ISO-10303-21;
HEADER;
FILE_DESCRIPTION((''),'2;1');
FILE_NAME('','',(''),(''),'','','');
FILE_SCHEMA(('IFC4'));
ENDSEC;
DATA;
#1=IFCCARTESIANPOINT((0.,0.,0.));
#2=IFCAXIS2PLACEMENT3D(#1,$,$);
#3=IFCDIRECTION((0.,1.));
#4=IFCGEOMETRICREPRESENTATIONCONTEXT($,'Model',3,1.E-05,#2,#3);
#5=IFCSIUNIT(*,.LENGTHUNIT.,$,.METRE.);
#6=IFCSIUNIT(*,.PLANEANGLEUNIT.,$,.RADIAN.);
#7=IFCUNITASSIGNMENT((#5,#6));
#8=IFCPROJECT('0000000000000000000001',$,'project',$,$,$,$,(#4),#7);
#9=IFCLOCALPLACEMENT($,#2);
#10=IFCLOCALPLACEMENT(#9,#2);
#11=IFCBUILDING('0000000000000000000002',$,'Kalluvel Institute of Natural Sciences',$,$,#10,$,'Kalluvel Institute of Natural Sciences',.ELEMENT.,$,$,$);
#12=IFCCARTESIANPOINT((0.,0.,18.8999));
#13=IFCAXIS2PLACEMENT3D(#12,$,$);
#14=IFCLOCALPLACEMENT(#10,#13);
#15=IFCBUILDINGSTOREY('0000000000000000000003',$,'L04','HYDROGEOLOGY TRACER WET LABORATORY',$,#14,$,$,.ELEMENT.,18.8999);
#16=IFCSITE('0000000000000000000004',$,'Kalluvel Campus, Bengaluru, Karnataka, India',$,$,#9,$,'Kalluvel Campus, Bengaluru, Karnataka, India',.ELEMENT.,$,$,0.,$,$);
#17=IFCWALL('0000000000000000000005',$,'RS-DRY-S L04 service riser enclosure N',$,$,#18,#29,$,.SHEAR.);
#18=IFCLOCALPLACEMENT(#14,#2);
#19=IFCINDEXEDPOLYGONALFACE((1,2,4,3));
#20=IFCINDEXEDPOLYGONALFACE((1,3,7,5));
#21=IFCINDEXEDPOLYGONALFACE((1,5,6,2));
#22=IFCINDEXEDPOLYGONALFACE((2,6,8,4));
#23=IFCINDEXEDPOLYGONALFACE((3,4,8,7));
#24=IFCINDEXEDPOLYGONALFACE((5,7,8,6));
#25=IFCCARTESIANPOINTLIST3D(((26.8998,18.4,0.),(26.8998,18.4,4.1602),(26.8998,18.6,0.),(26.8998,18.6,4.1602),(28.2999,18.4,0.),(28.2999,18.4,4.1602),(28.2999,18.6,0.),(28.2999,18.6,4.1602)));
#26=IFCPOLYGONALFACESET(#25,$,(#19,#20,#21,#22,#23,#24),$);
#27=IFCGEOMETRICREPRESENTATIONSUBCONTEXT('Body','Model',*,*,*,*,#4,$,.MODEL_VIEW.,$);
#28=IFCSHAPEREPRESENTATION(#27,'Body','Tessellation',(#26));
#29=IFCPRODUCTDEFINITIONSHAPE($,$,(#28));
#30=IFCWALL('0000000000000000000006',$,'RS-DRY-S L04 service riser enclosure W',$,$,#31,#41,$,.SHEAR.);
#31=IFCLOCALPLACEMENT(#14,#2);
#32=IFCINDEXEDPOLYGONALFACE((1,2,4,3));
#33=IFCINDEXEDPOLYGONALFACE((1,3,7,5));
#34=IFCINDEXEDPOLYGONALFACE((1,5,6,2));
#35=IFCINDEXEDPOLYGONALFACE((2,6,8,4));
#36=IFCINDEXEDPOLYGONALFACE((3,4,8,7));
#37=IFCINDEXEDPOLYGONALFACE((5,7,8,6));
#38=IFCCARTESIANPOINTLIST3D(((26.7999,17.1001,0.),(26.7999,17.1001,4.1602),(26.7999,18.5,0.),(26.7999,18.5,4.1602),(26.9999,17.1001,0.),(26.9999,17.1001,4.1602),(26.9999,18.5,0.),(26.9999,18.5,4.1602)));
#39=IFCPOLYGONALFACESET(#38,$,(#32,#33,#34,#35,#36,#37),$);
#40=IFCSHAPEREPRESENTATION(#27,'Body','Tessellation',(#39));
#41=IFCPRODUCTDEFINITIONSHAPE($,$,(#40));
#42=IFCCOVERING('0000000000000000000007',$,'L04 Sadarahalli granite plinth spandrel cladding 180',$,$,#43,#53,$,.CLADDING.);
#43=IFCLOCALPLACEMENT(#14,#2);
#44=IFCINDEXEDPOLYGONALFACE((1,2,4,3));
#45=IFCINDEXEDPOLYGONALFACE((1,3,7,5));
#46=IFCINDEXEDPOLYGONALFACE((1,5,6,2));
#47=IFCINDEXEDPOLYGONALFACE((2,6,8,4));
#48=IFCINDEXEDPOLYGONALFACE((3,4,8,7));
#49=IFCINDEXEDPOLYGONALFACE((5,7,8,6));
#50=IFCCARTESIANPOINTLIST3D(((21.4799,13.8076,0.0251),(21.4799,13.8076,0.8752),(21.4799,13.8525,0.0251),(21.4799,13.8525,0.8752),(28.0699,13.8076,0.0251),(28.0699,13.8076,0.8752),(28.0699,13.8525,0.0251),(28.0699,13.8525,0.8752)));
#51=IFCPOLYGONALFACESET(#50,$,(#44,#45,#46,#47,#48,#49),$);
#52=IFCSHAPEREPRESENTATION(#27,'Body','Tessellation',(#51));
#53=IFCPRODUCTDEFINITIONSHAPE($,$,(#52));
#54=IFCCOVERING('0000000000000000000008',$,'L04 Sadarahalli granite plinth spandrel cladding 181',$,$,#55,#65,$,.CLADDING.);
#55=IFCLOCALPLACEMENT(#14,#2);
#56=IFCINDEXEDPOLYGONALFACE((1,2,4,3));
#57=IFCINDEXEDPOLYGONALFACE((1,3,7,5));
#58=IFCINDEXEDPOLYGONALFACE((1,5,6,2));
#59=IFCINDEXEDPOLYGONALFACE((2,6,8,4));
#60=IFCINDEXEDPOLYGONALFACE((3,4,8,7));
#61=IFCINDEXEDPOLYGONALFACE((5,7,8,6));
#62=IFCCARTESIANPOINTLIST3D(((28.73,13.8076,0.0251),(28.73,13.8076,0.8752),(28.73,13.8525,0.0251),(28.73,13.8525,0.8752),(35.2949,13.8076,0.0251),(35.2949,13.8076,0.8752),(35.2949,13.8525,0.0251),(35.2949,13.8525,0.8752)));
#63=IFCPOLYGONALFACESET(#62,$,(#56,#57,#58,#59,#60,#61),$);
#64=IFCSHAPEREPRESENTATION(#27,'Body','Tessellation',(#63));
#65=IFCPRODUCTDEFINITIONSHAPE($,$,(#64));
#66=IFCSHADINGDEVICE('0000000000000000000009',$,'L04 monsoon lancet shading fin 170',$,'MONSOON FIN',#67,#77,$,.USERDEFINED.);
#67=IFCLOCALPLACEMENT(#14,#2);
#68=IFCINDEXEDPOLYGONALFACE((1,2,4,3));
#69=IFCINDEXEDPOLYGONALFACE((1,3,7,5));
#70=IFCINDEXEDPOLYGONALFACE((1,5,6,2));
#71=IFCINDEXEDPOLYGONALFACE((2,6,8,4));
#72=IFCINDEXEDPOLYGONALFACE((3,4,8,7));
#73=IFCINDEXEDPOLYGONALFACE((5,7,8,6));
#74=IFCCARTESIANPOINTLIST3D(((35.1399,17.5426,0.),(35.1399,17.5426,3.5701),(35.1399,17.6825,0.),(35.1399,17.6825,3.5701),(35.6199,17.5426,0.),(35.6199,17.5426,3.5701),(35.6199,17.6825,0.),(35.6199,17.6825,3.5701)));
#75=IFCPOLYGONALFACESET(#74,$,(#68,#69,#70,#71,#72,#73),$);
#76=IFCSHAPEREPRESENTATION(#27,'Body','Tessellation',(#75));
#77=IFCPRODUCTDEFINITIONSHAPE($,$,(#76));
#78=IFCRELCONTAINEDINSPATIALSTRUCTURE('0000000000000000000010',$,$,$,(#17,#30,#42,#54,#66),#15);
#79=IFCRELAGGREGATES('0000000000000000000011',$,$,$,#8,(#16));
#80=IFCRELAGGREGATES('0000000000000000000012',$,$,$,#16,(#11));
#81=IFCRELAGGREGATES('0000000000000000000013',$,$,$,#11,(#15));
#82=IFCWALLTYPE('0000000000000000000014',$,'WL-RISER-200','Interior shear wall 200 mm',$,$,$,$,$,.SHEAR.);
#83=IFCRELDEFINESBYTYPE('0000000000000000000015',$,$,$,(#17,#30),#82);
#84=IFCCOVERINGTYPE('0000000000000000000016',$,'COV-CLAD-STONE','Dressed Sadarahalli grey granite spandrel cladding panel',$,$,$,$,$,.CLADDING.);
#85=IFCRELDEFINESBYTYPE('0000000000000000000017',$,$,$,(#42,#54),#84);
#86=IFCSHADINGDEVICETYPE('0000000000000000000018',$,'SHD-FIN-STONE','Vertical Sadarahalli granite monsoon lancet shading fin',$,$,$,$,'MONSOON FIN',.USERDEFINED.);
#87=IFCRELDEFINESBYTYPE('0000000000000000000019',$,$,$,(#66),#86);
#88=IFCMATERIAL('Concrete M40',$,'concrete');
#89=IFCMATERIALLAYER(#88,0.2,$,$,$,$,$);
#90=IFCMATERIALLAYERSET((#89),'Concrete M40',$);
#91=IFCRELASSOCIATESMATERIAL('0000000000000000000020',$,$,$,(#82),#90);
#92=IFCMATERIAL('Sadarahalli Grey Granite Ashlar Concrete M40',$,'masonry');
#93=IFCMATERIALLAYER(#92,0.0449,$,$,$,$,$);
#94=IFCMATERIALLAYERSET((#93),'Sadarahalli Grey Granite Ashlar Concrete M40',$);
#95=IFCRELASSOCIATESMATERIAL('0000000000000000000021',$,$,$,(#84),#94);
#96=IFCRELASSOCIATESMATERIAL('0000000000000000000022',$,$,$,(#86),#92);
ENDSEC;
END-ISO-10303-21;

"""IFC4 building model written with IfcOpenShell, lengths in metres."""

from ifc_helpers import new_model, si_unit, direction, frame, frame_2d, origin, origin_2d, place, context, subcontext, project, spatial, rectangle, extrude, material, layer, layer_set, type_object, element, save


model = new_model("IFC4")

# Units and contexts
model_context = context("Model", 3, precision=1e-05, world=origin(), true_north=direction((0.0, 1.0)))
body_context = subcontext(model_context, "Body", "Model", "MODEL_VIEW")
ifc_project = project(units=[si_unit("LENGTHUNIT", "METRE"), si_unit("PLANEANGLEUNIT", "RADIAN")], contexts=[model_context])

# Site, building, storey
site_placement = place(None, origin())
site = spatial("IfcSite", under=ifc_project, at=site_placement, Name="Kalluvel Campus, Bengaluru, Karnataka, India", LongName="Kalluvel Campus, Bengaluru, Karnataka, India", CompositionType="ELEMENT", RefElevation=0.0)
building_placement = place(site_placement, origin())
building = spatial("IfcBuilding", under=site, at=building_placement, Name="Kalluvel Institute of Natural Sciences", LongName="Kalluvel Institute of Natural Sciences", CompositionType="ELEMENT")
storey_placement = place(building_placement, frame((0.0, 0.0, 18.8999)))
storey = spatial("IfcBuildingStorey", under=building, at=storey_placement, Name="L04", Description="HYDROGEOLOGY TRACER WET LABORATORY", CompositionType="ELEMENT", Elevation=18.8999)

# Shared definitions
ifc_material_1 = material(Name="Concrete M40", Category="concrete")

# Shared definitions
ifc_material_2 = material(Name="Sadarahalli Grey Granite Ashlar Concrete M40", Category="masonry")

# Walls
ifc_layer_1 = layer(ifc_material_1, 0.2)
ifc_layer_set_1 = layer_set([ifc_layer_1], Name="Concrete M40")
wall_type_1 = type_object("IfcWallType", Name="WL-RISER-200", Description="Interior shear wall 200 mm", PredefinedType="SHEAR", material=ifc_layer_set_1)
wall_1_placement = place(storey_placement, frame((28.3, 18.5, 0.0), z_axis=(0.0, 0.0, 1.0), x_axis=(-1.0, 0.0, 0.0)))
element("IfcWall", 1, at=wall_1_placement, inside=storey, type_object=wall_type_1, Name="RS-DRY-S L04 service riser enclosure N", PredefinedType="SHEAR", context=body_context, shape_type="SweptSolid", body=[
    extrude(rectangle(XDim=1.4001, YDim=0.2, at=frame_2d((0.7002, 0.0))), origin(), (0.0, 0.0, 1.0), 4.1602),
])
wall_2_placement = place(storey_placement, frame((26.8999, 18.5, 0.0), z_axis=(0.0, 0.0, 1.0), x_axis=(0.0, -1.0, 0.0)))
element("IfcWall", 2, at=wall_2_placement, inside=storey, type_object=wall_type_1, Name="RS-DRY-S L04 service riser enclosure W", PredefinedType="SHEAR", context=body_context, shape_type="SweptSolid", body=[
    extrude(rectangle(XDim=1.3999, YDim=0.2, at=frame_2d((0.7, 0.0))), origin(), (0.0, 0.0, 1.0), 4.1602),
])

# Coverings
ifc_layer_2 = layer(ifc_material_2, 0.0449)
ifc_layer_set_2 = layer_set([ifc_layer_2], Name="Sadarahalli Grey Granite Ashlar Concrete M40")
covering_type = type_object("IfcCoveringType", Name="COV-CLAD-STONE", Description="Dressed Sadarahalli grey granite spandrel cladding panel", PredefinedType="CLADDING", material=ifc_layer_set_2)
covering_1_placement = place(storey_placement, frame((24.7749, 13.8301, 0.0251), z_axis=(0.0, 0.0, 1.0), x_axis=(1.0, 0.0, 0.0)))
element("IfcCovering", 3, at=covering_1_placement, inside=storey, type_object=covering_type, Name="L04 Sadarahalli granite plinth spandrel cladding 180", PredefinedType="CLADDING", context=body_context, shape_type="SweptSolid", body=[
    extrude(rectangle(XDim=6.5901, YDim=0.0449, at=origin_2d()), origin(), (0.0, 0.0, 1.0), 0.8501),
])
covering_2_placement = place(storey_placement, frame((32.0125, 13.8301, 0.0251), z_axis=(0.0, 0.0, 1.0), x_axis=(1.0, 0.0, 0.0)))
element("IfcCovering", 4, at=covering_2_placement, inside=storey, type_object=covering_type, Name="L04 Sadarahalli granite plinth spandrel cladding 181", PredefinedType="CLADDING", context=body_context, shape_type="SweptSolid", body=[
    extrude(rectangle(XDim=6.5649, YDim=0.0449, at=origin_2d()), origin(), (0.0, 0.0, 1.0), 0.8501),
])

# Shading device
shading_device_type = type_object("IfcShadingDeviceType", Name="SHD-FIN-STONE", Description="Vertical Sadarahalli granite monsoon lancet shading fin", ElementType="MONSOON FIN", PredefinedType="USERDEFINED", material=ifc_material_2)
shading_device_placement = place(storey_placement, frame((35.3799, 17.6125, 0.0), z_axis=(0.0, 0.0, 1.0), x_axis=(0.0, 1.0, 0.0)))
element("IfcShadingDevice", 5, at=shading_device_placement, inside=storey, type_object=shading_device_type, Name="L04 monsoon lancet shading fin 170", ObjectType="MONSOON FIN", PredefinedType="USERDEFINED", context=body_context, shape_type="SweptSolid", body=[
    extrude(rectangle(XDim=0.1399, YDim=0.48, at=origin_2d()), origin(), (0.0, 0.0, 1.0), 3.5701),
])

save(model, "model.ifc")
